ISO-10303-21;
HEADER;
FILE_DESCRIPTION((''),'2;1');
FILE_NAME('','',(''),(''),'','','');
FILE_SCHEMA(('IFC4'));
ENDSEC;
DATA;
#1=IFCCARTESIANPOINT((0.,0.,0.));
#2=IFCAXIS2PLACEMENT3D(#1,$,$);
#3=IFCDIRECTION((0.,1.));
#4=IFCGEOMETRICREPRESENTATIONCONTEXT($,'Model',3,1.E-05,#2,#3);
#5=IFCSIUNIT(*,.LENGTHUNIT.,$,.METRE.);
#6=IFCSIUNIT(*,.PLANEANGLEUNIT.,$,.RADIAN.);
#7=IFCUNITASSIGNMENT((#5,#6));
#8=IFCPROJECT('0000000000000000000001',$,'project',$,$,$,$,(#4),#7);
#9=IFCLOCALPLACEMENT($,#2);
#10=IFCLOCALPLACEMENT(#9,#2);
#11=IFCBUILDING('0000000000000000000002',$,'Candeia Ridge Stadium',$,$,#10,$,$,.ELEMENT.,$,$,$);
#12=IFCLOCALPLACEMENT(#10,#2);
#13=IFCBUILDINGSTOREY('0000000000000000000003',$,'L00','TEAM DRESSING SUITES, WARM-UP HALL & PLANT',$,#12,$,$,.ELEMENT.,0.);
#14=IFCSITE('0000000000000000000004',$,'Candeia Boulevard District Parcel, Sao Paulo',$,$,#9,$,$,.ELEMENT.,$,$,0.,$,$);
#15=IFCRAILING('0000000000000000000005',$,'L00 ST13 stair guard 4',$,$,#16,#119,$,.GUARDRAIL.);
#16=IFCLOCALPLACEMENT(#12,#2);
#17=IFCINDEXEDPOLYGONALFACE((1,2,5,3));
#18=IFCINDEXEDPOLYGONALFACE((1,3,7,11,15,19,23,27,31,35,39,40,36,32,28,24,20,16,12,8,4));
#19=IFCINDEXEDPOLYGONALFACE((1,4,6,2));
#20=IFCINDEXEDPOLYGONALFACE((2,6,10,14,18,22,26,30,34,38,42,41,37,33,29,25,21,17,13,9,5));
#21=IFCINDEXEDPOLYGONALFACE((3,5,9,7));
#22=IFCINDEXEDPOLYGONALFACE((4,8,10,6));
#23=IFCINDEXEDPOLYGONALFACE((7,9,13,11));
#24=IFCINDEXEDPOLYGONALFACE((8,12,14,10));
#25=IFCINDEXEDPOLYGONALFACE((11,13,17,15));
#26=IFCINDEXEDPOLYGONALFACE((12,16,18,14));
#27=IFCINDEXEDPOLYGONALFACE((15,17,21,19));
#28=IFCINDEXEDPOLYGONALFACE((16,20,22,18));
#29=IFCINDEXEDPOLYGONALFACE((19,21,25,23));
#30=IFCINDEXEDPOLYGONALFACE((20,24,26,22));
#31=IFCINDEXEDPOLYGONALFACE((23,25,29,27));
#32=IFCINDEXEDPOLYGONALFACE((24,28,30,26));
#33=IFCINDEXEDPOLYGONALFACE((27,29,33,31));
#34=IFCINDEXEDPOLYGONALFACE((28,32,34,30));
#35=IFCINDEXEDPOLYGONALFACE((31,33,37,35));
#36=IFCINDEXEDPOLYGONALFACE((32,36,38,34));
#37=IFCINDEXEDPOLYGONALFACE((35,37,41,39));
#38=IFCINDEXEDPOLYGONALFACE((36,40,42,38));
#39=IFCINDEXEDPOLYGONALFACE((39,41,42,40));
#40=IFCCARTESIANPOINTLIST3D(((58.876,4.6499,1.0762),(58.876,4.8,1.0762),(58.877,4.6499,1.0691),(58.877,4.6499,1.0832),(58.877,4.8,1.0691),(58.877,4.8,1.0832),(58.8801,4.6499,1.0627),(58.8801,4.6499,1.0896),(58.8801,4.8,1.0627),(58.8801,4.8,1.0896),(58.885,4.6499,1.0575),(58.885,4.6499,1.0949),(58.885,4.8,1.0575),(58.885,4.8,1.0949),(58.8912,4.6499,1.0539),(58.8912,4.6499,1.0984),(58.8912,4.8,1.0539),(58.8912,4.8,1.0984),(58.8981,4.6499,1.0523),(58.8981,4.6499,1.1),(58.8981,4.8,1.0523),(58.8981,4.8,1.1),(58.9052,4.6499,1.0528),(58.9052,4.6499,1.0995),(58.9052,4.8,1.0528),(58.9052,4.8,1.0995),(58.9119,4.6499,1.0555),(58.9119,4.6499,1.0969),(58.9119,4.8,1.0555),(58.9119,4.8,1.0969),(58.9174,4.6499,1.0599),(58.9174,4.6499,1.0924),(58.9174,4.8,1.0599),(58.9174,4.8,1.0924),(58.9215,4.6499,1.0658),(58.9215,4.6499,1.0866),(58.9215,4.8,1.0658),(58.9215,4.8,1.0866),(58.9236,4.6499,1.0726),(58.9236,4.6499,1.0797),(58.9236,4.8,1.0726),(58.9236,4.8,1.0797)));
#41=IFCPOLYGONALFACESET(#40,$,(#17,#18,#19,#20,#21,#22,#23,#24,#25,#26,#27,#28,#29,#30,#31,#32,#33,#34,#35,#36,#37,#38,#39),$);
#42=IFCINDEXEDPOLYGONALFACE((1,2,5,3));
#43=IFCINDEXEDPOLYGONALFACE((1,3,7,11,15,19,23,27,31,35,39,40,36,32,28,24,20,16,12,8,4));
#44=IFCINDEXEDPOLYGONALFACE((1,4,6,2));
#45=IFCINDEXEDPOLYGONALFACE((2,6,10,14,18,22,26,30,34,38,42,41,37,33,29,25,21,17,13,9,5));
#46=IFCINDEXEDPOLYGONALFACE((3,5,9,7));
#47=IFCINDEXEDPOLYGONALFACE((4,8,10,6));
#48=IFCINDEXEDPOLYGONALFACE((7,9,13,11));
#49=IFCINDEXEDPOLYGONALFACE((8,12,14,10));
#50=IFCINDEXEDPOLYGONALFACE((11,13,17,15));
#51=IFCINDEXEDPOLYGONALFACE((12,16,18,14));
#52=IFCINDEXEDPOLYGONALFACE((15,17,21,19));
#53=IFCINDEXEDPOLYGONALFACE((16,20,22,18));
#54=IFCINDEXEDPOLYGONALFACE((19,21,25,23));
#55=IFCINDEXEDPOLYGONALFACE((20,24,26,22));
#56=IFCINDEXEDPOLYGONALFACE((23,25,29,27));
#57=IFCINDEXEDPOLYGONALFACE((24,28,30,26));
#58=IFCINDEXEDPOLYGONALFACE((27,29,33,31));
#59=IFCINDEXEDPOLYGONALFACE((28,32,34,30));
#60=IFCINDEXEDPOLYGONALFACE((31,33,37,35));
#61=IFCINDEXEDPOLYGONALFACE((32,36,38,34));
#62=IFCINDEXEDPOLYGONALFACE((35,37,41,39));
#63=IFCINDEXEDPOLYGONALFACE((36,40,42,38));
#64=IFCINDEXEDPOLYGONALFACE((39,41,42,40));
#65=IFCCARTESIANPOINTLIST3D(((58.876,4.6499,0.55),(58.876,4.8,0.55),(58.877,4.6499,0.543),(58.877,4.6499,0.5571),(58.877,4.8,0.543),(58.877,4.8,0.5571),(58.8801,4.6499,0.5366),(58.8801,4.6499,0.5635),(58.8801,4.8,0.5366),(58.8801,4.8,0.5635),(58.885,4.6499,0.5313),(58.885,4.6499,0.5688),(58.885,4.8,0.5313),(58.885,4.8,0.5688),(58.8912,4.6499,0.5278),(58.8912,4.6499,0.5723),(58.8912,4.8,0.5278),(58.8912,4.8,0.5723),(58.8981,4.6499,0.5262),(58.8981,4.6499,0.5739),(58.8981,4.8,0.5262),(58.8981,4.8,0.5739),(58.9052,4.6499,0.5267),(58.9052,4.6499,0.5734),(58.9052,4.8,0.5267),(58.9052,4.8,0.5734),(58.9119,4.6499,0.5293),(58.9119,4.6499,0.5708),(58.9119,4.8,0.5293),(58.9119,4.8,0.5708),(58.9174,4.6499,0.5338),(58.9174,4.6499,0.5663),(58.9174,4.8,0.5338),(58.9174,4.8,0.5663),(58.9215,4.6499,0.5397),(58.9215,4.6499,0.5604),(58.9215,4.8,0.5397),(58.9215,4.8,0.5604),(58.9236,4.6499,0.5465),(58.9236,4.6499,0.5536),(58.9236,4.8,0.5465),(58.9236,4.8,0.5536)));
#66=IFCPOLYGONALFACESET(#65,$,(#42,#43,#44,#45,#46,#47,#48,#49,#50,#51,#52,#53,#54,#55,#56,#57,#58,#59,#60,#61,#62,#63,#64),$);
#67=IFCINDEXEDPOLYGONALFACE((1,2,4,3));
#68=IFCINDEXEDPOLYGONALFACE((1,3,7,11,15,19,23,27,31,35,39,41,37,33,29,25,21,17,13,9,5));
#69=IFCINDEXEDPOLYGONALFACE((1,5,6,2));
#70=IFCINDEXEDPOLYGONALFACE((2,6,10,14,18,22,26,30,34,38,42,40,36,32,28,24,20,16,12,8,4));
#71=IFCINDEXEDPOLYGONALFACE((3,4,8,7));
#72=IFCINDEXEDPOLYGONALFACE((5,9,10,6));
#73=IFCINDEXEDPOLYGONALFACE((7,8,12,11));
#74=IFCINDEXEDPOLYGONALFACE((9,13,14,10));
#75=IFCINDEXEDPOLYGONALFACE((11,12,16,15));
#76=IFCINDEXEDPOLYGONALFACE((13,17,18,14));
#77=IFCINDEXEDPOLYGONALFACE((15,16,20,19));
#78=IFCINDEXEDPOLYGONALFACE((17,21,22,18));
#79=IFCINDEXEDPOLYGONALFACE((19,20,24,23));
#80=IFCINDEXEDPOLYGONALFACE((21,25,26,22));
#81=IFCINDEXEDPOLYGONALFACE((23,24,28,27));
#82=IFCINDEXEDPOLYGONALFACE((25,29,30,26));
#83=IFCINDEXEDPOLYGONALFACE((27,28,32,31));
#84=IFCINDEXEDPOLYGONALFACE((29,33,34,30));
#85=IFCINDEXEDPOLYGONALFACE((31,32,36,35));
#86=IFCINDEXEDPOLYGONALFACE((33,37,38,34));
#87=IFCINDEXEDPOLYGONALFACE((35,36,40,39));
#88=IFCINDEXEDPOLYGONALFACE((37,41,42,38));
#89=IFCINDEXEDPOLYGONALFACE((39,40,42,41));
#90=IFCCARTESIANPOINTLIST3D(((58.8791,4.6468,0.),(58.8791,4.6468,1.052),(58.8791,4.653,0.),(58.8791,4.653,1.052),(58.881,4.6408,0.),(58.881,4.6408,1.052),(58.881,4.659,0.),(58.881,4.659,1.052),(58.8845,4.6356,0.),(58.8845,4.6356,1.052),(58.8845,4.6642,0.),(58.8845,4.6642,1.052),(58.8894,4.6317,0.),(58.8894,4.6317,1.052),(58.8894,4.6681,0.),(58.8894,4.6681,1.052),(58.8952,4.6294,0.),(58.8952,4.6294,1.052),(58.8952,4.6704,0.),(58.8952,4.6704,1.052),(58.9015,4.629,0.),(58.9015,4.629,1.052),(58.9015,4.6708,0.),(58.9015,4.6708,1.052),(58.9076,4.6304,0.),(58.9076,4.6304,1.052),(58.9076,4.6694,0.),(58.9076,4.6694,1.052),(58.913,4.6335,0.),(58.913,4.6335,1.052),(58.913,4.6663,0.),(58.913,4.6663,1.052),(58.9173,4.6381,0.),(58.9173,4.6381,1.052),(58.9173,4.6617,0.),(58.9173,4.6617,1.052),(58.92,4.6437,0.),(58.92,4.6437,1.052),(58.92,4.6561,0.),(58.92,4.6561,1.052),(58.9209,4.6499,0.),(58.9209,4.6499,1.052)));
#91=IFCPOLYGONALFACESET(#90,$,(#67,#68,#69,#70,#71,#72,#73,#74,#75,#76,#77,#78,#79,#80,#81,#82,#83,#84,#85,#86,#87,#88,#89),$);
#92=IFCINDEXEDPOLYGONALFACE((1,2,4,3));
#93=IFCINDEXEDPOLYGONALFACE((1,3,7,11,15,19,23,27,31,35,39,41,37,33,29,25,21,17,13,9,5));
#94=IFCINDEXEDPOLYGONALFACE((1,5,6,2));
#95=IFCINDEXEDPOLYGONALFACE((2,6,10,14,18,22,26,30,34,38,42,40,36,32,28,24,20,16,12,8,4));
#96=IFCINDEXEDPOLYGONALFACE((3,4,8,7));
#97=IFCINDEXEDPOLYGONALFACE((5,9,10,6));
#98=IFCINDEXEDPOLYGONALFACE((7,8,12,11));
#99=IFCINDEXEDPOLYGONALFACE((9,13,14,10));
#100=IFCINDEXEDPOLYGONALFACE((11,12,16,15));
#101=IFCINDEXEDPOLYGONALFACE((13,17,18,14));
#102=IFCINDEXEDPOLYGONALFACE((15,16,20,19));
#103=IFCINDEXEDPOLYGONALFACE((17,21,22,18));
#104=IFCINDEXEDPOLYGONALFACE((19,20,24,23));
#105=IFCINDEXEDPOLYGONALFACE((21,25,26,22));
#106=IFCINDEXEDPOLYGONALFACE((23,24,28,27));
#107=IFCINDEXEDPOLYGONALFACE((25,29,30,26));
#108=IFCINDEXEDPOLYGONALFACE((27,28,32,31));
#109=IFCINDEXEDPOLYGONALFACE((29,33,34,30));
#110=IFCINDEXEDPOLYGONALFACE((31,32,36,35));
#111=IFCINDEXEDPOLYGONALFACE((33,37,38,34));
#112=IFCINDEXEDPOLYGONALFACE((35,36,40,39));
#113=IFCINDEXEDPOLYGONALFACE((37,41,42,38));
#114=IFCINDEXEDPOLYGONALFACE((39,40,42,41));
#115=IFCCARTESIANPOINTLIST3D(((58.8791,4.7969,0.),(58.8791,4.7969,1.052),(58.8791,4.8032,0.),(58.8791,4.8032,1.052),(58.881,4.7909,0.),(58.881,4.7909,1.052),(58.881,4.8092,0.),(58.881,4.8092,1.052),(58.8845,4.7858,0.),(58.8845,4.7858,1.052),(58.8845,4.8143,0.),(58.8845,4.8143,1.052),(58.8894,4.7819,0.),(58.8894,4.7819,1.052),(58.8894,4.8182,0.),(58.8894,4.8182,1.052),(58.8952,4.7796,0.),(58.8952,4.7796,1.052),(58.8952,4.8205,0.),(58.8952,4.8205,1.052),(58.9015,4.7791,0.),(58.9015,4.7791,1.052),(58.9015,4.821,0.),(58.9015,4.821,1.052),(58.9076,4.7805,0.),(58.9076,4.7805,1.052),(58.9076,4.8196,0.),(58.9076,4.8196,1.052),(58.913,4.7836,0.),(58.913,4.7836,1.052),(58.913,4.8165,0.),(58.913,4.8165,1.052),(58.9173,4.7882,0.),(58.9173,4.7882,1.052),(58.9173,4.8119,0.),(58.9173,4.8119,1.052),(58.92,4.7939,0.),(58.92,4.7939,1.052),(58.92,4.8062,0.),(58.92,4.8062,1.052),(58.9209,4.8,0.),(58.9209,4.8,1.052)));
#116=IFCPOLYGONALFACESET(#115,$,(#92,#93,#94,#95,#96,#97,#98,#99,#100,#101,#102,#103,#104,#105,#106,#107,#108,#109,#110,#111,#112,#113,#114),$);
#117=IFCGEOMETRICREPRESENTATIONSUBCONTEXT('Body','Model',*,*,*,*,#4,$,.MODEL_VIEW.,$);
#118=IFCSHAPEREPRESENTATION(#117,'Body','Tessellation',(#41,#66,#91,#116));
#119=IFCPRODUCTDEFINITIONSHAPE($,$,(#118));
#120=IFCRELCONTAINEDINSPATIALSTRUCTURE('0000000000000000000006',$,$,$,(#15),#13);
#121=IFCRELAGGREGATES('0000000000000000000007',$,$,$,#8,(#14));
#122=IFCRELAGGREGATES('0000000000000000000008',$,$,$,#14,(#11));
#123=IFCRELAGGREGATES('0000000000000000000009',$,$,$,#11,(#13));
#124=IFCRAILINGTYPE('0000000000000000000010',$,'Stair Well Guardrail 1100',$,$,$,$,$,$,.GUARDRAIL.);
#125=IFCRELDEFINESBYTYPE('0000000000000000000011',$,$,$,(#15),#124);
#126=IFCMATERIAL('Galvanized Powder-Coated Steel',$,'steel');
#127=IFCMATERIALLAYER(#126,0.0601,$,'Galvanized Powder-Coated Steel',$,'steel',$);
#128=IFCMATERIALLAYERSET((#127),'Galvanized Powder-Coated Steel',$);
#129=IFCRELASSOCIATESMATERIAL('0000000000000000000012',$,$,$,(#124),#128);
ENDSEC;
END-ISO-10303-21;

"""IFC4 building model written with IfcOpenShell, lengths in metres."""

from ifc_helpers import new_model, si_unit, direction, frame, origin, origin_2d, place, context, subcontext, project, spatial, circle, extrude, material, layer, layer_set, type_object, element, save


model = new_model("IFC4")

# Units and contexts
model_context = context("Model", 3, precision=1e-05, world=origin(), true_north=direction((0.0, 1.0)))
body_context = subcontext(model_context, "Body", "Model", "MODEL_VIEW")
ifc_project = project(units=[si_unit("LENGTHUNIT", "METRE"), si_unit("PLANEANGLEUNIT", "RADIAN")], contexts=[model_context])

# Site, building, storey
site_placement = place(None, origin())
site = spatial("IfcSite", under=ifc_project, at=site_placement, Name="Candeia Boulevard District Parcel, Sao Paulo", CompositionType="ELEMENT", RefElevation=0.0)
building_placement = place(site_placement, origin())
building = spatial("IfcBuilding", under=site, at=building_placement, Name="Candeia Ridge Stadium", CompositionType="ELEMENT")
storey_placement = place(building_placement, origin())
storey = spatial("IfcBuildingStorey", under=building, at=storey_placement, Name="L00", Description="TEAM DRESSING SUITES, WARM-UP HALL & PLANT", CompositionType="ELEMENT", Elevation=0.0)

# Railing
ifc_material_1 = material(Name="Galvanized Powder-Coated Steel", Category="steel")
ifc_layer_1 = layer(ifc_material_1, 0.0601, Name="Galvanized Powder-Coated Steel", Category="steel")
ifc_layer_set_1 = layer_set([ifc_layer_1], Name="Galvanized Powder-Coated Steel")
railing_type_1 = type_object("IfcRailingType", Name="Stair Well Guardrail 1100", PredefinedType="GUARDRAIL", material=ifc_layer_set_1)
railing_1_placement = place(storey_placement, frame((58.8999, 4.6499, 0.0)))
element("IfcRailing", 1, at=railing_1_placement, inside=storey, type_object=railing_type_1, Name="L00 ST13 stair guard 4", PredefinedType="GUARDRAIL", context=body_context, shape_type="SweptSolid", body=[
    extrude(circle(Radius=0.0239, at=origin_2d()), frame((0.0, 0.0, 1.0762), z_axis=(0.0, 1.0, 0.0), x_axis=(-1.0, 0.0, 0.0)), (0.0, 0.0, 1.0), 0.1501),
    extrude(circle(Radius=0.0239, at=origin_2d()), frame((0.0, 0.0, 0.55), z_axis=(0.0, 1.0, 0.0), x_axis=(-1.0, 0.0, 0.0)), (0.0, 0.0, 1.0), 0.1501),
    extrude(circle(Radius=0.021, at=origin_2d()), origin(), (0.0, 0.0, 1.0), 1.052),
    extrude(circle(Radius=0.021, at=origin_2d()), frame((0.0, 0.1501, 0.0)), (0.0, 0.0, 1.0), 1.052),
])

save(model, "model.ifc")
